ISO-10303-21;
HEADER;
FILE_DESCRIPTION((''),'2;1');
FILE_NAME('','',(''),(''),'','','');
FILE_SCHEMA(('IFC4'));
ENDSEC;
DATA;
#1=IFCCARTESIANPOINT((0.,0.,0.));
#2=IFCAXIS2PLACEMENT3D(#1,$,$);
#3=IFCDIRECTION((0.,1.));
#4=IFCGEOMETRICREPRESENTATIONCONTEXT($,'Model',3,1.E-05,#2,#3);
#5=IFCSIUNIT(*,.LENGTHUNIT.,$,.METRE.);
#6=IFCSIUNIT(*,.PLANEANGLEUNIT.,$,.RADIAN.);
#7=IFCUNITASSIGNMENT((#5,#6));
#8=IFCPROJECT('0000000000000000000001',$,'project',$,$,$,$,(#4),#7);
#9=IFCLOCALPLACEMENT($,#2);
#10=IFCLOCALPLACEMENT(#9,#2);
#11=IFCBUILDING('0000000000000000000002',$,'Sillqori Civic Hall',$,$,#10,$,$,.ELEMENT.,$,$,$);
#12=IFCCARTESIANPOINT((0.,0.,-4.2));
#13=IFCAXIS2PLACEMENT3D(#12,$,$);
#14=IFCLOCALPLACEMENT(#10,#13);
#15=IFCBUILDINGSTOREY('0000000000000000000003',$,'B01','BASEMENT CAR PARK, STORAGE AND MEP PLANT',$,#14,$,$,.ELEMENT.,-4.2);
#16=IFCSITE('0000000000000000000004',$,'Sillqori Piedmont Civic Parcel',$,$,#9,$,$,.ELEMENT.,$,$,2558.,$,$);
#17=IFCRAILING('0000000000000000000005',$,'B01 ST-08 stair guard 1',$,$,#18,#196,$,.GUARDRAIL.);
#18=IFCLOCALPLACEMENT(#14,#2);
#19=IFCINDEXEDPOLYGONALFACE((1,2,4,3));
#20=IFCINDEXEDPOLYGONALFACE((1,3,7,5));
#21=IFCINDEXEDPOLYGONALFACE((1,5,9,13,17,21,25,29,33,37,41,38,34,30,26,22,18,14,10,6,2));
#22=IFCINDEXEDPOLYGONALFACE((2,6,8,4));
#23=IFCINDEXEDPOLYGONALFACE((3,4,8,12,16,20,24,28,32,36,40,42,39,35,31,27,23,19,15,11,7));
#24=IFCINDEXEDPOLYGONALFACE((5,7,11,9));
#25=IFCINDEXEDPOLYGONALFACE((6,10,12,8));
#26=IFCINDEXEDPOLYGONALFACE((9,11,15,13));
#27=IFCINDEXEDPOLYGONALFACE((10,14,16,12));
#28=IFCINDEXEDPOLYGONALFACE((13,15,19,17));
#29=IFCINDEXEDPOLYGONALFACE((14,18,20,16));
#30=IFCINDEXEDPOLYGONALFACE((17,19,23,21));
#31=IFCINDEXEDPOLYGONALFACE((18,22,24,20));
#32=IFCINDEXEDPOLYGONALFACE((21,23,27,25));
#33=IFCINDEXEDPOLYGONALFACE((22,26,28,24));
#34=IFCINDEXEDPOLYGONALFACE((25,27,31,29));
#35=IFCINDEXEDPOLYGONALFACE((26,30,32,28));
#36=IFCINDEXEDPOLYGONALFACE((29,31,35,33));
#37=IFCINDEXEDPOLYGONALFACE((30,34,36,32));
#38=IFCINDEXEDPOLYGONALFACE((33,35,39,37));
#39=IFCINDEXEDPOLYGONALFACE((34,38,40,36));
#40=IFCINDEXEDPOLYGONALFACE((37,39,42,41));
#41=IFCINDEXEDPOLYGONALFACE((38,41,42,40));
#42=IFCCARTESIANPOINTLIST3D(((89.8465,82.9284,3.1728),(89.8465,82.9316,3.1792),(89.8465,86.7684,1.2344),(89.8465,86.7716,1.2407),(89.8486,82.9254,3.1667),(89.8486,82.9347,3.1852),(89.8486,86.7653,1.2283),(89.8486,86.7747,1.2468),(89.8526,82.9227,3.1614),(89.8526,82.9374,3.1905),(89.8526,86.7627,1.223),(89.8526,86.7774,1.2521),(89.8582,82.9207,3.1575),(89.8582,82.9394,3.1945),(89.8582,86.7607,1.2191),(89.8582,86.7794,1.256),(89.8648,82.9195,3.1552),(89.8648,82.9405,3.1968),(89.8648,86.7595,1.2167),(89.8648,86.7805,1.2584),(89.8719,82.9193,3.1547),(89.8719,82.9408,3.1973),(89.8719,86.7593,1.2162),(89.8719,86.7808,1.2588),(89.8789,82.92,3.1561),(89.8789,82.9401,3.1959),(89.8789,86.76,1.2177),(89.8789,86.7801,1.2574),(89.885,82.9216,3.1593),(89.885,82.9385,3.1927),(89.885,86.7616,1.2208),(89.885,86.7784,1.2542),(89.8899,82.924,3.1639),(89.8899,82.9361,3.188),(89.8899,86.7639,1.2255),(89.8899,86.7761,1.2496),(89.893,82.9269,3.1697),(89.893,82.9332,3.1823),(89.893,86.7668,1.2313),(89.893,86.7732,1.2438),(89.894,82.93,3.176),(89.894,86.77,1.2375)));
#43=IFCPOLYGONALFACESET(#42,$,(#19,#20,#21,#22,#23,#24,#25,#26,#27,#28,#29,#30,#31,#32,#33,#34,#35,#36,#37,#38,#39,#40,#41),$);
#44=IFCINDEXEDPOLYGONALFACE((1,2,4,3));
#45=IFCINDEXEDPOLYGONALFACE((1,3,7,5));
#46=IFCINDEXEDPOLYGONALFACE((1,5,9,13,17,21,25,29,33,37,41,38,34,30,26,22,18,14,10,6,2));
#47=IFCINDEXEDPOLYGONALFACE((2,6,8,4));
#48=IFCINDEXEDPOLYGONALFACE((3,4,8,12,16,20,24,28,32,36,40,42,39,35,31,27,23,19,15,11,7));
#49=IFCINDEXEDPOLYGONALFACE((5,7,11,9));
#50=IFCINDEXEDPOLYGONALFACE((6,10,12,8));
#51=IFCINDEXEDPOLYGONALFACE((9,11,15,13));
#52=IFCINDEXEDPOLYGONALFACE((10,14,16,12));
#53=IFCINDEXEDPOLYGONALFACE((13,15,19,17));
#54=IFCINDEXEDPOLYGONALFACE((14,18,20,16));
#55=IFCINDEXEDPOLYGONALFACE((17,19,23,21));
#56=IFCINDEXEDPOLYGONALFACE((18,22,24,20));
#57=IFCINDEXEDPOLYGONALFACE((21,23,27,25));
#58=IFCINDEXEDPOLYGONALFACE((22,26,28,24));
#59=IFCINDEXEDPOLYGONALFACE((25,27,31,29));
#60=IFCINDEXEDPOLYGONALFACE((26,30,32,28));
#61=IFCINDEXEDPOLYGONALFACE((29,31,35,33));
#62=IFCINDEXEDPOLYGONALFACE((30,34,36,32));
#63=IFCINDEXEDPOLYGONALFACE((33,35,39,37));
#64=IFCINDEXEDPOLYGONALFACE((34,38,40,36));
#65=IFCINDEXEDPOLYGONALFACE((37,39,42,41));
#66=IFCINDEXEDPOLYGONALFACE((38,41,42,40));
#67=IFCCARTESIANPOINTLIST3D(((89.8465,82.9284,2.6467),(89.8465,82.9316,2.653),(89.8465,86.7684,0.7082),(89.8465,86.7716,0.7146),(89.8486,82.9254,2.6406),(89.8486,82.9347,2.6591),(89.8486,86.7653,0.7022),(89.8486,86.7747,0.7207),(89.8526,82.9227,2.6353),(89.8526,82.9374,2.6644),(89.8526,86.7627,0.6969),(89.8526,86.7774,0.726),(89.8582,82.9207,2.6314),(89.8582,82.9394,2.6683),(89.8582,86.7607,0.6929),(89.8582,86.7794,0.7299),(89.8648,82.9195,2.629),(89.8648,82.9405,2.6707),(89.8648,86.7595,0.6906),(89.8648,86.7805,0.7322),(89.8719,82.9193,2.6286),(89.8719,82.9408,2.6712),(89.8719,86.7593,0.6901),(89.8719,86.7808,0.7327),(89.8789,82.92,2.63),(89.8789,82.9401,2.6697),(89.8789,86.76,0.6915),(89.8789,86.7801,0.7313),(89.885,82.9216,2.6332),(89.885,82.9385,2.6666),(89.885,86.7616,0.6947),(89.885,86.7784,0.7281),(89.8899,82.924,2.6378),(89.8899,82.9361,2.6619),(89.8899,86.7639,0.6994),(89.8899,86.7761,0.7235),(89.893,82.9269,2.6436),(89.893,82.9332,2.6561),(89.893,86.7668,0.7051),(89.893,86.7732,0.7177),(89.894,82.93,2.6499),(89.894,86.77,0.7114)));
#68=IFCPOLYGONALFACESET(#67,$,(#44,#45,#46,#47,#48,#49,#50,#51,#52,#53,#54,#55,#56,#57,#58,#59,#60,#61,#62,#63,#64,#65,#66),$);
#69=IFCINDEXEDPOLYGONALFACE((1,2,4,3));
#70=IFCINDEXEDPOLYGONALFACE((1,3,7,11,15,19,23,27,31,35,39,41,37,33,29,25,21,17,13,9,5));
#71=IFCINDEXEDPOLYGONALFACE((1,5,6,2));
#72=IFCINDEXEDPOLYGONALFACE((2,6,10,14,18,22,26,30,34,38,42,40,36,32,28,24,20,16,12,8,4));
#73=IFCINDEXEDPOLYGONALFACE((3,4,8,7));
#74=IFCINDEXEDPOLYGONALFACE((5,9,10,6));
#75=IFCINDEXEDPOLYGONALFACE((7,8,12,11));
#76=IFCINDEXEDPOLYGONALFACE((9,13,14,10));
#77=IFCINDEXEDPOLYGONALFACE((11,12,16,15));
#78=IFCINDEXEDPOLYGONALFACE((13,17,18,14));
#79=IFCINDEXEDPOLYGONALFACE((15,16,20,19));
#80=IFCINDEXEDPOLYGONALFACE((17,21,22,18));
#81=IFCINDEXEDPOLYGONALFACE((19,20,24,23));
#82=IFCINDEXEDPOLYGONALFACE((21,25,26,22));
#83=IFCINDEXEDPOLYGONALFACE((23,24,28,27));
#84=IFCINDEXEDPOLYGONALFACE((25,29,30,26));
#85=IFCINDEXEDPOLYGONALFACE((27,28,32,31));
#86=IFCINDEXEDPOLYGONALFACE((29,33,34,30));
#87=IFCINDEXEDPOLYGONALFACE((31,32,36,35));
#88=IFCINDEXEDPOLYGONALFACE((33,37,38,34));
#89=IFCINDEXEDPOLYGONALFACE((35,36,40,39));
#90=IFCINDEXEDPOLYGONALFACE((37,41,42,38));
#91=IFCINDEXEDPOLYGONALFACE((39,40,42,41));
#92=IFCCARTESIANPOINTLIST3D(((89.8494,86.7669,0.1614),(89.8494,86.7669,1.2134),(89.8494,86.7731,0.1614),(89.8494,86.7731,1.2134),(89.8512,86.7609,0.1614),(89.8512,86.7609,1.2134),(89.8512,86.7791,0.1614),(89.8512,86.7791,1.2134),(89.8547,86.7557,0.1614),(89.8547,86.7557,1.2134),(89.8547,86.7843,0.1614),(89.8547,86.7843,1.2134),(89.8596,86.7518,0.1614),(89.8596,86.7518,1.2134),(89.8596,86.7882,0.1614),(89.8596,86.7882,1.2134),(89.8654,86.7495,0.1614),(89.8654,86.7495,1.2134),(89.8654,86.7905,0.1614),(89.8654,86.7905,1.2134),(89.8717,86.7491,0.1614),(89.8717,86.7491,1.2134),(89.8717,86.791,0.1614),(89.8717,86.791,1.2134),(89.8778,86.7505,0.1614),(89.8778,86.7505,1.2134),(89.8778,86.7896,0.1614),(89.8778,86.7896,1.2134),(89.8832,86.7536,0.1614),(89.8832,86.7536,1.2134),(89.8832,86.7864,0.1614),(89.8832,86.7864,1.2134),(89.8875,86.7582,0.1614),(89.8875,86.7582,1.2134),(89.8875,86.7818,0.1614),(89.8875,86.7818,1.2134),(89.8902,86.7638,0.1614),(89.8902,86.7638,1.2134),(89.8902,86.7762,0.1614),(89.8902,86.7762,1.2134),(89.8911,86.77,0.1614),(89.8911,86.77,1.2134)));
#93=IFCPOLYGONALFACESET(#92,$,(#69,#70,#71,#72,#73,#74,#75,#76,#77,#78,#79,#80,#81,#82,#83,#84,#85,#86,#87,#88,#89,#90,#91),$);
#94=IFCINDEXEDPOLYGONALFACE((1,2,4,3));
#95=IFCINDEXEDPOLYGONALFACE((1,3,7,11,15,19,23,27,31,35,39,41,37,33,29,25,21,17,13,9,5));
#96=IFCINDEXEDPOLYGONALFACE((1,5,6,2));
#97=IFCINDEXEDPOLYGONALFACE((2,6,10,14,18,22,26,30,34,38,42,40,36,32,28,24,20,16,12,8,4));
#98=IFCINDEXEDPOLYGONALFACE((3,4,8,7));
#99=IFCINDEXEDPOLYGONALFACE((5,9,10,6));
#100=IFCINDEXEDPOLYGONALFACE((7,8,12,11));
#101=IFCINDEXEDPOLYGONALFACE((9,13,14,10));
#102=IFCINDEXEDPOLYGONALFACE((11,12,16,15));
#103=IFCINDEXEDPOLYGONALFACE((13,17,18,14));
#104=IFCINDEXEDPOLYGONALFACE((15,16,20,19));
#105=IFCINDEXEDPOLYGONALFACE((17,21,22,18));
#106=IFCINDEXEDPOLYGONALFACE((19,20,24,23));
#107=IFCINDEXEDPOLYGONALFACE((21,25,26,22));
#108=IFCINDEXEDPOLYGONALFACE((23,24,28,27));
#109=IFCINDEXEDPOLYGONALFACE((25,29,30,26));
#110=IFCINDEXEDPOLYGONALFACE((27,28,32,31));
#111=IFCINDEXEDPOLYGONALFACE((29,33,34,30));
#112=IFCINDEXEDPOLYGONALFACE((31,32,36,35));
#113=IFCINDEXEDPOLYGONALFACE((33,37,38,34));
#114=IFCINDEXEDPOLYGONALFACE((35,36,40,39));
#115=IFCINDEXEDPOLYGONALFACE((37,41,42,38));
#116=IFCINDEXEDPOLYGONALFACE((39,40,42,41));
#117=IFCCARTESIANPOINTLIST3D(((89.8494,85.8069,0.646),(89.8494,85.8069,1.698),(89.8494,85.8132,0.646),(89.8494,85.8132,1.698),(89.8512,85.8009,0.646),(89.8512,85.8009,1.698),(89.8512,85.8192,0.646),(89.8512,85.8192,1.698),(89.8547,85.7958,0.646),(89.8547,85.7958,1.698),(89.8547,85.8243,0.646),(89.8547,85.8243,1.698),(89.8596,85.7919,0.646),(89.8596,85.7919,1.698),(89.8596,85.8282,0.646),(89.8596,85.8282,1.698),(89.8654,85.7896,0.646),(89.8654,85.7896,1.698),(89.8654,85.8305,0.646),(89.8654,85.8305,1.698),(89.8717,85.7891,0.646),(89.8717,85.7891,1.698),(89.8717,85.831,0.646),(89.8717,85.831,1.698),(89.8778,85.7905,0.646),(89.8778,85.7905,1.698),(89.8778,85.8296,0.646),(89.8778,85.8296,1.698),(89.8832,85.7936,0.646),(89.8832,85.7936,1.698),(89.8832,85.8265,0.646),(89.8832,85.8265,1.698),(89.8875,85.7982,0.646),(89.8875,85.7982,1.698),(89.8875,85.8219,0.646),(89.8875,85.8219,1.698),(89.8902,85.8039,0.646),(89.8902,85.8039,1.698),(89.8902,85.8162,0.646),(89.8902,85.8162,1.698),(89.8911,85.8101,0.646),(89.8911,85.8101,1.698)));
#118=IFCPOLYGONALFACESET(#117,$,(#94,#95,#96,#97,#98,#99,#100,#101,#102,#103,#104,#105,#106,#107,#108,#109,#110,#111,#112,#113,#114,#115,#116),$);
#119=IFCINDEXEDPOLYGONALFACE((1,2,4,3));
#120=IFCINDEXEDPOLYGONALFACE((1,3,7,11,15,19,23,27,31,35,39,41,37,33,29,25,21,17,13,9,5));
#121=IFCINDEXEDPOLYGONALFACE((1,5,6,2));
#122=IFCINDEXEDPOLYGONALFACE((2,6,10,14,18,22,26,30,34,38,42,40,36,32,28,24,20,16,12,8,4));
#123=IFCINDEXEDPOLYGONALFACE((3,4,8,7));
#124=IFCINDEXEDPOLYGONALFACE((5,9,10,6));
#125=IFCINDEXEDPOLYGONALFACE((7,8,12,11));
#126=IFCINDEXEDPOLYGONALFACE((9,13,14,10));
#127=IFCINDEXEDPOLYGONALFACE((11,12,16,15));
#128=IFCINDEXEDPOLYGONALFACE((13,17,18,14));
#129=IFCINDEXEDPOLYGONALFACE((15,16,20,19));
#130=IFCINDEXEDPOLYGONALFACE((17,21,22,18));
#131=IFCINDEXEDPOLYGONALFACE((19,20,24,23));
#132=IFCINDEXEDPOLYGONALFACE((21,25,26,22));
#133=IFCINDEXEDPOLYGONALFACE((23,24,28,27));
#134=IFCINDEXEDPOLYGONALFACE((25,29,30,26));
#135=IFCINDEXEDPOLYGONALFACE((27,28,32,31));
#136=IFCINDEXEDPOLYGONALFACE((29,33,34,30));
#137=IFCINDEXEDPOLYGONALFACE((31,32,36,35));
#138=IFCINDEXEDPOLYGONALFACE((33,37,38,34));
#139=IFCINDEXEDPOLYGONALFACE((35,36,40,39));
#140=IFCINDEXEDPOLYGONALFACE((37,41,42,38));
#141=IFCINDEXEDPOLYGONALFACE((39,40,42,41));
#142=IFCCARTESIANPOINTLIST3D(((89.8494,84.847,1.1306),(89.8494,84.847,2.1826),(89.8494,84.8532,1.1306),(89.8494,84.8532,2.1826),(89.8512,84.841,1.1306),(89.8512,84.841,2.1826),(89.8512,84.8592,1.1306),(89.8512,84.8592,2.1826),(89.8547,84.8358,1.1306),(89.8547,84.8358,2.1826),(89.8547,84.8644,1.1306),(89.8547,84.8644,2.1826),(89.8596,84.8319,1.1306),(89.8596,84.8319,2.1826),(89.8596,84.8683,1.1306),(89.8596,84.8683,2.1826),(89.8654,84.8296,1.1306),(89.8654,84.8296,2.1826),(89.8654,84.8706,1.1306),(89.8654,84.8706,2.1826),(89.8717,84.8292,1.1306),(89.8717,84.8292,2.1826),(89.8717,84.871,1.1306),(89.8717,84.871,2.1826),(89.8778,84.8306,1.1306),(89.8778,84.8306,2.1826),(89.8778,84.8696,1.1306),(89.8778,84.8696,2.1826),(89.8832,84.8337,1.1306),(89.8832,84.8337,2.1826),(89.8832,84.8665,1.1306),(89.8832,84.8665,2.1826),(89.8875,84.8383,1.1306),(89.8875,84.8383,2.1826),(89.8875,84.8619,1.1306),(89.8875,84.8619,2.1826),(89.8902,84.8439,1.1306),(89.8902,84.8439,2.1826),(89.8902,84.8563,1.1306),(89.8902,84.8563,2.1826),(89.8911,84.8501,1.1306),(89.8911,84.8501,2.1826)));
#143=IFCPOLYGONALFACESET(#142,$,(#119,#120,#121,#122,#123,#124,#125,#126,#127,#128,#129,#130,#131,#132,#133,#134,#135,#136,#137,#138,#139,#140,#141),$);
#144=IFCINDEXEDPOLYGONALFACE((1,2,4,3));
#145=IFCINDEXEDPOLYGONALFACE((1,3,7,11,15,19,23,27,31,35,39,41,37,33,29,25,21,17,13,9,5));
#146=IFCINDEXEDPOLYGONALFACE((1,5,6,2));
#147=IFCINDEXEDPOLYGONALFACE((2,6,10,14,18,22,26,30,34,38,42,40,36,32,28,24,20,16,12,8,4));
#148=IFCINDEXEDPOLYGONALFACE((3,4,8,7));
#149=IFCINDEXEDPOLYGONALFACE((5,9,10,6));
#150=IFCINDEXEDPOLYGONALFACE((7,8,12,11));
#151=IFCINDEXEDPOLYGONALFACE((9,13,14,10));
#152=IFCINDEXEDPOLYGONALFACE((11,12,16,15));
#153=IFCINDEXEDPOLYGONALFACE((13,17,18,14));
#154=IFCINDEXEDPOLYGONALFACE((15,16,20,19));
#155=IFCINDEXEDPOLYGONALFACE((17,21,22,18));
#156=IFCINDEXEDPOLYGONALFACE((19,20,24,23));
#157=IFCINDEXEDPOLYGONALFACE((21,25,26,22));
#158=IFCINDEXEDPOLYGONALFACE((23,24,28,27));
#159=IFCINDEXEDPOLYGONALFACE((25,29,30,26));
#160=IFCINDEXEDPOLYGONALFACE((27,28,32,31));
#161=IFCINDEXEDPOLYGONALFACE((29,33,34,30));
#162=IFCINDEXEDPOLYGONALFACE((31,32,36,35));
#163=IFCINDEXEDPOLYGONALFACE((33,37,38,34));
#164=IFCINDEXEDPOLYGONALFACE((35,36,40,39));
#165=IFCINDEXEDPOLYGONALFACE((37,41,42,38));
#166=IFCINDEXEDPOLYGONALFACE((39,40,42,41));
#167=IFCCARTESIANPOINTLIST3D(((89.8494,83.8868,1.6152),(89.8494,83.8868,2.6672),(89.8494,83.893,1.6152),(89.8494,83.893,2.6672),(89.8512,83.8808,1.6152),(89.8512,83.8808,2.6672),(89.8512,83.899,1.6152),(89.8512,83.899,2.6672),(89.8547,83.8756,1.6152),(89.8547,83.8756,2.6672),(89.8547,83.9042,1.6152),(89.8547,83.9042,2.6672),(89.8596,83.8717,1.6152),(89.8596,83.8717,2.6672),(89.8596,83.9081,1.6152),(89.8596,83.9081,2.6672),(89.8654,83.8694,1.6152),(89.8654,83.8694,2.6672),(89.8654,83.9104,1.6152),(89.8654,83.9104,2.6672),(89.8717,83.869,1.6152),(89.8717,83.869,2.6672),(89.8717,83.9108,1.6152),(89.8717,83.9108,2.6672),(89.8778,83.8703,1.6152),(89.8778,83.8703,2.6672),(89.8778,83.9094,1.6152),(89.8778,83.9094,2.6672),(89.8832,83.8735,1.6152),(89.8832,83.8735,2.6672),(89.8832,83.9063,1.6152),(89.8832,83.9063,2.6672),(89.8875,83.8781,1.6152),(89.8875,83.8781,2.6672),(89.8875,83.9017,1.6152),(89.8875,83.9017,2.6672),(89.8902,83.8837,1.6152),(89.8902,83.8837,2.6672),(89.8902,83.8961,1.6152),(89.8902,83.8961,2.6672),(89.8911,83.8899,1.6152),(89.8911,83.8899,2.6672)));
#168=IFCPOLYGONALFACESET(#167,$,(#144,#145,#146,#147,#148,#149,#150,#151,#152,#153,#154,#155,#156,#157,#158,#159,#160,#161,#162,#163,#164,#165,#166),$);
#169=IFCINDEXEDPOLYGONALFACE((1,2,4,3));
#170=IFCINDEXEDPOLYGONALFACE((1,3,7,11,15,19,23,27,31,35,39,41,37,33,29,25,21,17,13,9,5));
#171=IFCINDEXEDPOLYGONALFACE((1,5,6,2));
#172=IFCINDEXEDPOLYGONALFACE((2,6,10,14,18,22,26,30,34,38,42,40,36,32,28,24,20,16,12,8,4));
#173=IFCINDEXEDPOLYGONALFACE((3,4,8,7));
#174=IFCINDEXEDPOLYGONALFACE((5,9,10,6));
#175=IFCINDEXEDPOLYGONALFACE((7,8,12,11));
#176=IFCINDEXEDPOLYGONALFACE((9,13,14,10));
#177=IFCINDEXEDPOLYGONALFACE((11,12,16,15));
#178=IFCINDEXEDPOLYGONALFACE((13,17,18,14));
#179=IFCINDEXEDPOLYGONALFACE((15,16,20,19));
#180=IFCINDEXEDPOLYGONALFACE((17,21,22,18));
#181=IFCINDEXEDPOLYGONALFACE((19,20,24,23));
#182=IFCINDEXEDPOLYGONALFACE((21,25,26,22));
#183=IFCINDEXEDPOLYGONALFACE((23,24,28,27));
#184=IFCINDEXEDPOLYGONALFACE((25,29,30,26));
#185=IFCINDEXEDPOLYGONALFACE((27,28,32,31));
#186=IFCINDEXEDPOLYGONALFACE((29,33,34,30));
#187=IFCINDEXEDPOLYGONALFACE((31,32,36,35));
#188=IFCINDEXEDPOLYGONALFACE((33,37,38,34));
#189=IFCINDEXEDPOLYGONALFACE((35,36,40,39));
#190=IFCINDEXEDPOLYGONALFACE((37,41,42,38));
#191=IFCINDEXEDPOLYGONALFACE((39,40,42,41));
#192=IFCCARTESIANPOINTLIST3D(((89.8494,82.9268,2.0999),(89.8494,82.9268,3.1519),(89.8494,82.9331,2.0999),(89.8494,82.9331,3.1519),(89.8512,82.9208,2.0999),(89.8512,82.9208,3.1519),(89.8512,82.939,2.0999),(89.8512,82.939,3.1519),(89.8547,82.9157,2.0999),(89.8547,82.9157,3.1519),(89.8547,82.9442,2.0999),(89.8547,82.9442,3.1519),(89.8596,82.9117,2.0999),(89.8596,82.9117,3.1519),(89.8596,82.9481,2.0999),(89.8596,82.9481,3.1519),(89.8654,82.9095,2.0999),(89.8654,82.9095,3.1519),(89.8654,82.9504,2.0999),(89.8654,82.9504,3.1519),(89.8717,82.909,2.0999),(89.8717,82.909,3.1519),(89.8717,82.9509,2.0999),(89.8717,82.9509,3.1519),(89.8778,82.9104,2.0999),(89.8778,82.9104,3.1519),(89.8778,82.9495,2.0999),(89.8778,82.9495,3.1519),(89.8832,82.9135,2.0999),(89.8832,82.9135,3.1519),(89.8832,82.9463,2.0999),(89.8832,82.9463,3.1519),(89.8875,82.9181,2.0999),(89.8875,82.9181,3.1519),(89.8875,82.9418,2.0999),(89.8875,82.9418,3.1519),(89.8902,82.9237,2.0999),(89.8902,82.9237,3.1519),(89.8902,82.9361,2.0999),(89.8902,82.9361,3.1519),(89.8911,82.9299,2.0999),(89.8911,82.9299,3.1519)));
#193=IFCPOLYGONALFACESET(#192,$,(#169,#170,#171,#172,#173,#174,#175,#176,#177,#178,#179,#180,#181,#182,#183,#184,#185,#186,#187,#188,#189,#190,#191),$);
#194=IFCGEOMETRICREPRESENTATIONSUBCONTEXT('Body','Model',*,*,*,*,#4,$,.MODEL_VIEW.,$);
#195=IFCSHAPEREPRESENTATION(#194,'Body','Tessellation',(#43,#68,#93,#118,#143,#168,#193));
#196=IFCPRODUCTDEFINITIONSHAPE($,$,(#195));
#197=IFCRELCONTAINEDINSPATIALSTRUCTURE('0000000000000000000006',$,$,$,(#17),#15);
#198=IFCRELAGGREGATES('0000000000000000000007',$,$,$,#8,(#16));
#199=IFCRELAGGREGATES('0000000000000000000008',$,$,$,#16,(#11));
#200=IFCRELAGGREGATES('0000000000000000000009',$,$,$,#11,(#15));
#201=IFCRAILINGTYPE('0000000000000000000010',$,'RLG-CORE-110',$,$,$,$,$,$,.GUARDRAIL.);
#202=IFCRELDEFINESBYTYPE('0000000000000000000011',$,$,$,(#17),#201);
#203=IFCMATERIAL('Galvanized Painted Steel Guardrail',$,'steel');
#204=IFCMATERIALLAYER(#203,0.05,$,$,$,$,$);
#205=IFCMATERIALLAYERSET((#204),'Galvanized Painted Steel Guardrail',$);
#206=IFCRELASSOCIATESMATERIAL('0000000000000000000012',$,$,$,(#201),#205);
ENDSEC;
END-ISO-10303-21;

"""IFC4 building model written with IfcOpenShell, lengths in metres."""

from ifc_helpers import new_model, si_unit, direction, frame, origin, origin_2d, place, context, subcontext, project, spatial, circle, extrude, material, layer, layer_set, type_object, element, save


model = new_model("IFC4")

# Units and contexts
model_context = context("Model", 3, precision=1e-05, world=origin(), true_north=direction((0.0, 1.0)))
body_context = subcontext(model_context, "Body", "Model", "MODEL_VIEW")
ifc_project = project(units=[si_unit("LENGTHUNIT", "METRE"), si_unit("PLANEANGLEUNIT", "RADIAN")], contexts=[model_context])

# Site, building, storey
site_placement = place(None, origin())
site = spatial("IfcSite", under=ifc_project, at=site_placement, Name="Sillqori Piedmont Civic Parcel", CompositionType="ELEMENT", RefElevation=2558.0)
building_placement = place(site_placement, origin())
building = spatial("IfcBuilding", under=site, at=building_placement, Name="Sillqori Civic Hall", CompositionType="ELEMENT")
storey_placement = place(building_placement, frame((0.0, 0.0, -4.2)))
storey = spatial("IfcBuildingStorey", under=building, at=storey_placement, Name="B01", Description="BASEMENT CAR PARK, STORAGE AND MEP PLANT", CompositionType="ELEMENT", Elevation=-4.2)

# Railing
ifc_material_1 = material(Name="Galvanized Painted Steel Guardrail", Category="steel")
ifc_layer_1 = layer(ifc_material_1, 0.05)
ifc_layer_set_1 = layer_set([ifc_layer_1], Name="Galvanized Painted Steel Guardrail")
railing_type_1 = type_object("IfcRailingType", Name="RLG-CORE-110", PredefinedType="GUARDRAIL", material=ifc_layer_set_1)
railing_1_placement = place(storey_placement, frame((89.8701, 86.77, 0.1614)))
element("IfcRailing", 1, at=railing_1_placement, inside=storey, type_object=railing_type_1, Name="B01 ST-08 stair guard 1", PredefinedType="GUARDRAIL", context=body_context, shape_type="SweptSolid", body=[
    extrude(circle(Radius=0.0239, at=origin_2d()), frame((0.0, 0.0, 1.0762), z_axis=(0.0, -0.892707, 0.450638), x_axis=(1.0, 0.0, 0.0)), (0.0, 0.0, 1.0), 4.3015),
    extrude(circle(Radius=0.0239, at=origin_2d()), frame((0.0, 0.0, 0.55), z_axis=(0.0, -0.892707, 0.450638), x_axis=(1.0, 0.0, 0.0)), (0.0, 0.0, 1.0), 4.3015),
    extrude(circle(Radius=0.021, at=origin_2d()), origin(), (0.0, 0.0, 1.0), 1.052),
    extrude(circle(Radius=0.021, at=origin_2d()), frame((0.0, -0.96, 0.4846)), (0.0, 0.0, 1.0), 1.052),
    extrude(circle(Radius=0.021, at=origin_2d()), frame((0.0, -1.9199, 0.9692)), (0.0, 0.0, 1.0), 1.052),
    extrude(circle(Radius=0.021, at=origin_2d()), frame((0.0, -2.8801, 1.4539)), (0.0, 0.0, 1.0), 1.052),
    extrude(circle(Radius=0.021, at=origin_2d()), frame((0.0, -3.8401, 1.9385)), (0.0, 0.0, 1.0), 1.052),
])

save(model, "model.ifc")
